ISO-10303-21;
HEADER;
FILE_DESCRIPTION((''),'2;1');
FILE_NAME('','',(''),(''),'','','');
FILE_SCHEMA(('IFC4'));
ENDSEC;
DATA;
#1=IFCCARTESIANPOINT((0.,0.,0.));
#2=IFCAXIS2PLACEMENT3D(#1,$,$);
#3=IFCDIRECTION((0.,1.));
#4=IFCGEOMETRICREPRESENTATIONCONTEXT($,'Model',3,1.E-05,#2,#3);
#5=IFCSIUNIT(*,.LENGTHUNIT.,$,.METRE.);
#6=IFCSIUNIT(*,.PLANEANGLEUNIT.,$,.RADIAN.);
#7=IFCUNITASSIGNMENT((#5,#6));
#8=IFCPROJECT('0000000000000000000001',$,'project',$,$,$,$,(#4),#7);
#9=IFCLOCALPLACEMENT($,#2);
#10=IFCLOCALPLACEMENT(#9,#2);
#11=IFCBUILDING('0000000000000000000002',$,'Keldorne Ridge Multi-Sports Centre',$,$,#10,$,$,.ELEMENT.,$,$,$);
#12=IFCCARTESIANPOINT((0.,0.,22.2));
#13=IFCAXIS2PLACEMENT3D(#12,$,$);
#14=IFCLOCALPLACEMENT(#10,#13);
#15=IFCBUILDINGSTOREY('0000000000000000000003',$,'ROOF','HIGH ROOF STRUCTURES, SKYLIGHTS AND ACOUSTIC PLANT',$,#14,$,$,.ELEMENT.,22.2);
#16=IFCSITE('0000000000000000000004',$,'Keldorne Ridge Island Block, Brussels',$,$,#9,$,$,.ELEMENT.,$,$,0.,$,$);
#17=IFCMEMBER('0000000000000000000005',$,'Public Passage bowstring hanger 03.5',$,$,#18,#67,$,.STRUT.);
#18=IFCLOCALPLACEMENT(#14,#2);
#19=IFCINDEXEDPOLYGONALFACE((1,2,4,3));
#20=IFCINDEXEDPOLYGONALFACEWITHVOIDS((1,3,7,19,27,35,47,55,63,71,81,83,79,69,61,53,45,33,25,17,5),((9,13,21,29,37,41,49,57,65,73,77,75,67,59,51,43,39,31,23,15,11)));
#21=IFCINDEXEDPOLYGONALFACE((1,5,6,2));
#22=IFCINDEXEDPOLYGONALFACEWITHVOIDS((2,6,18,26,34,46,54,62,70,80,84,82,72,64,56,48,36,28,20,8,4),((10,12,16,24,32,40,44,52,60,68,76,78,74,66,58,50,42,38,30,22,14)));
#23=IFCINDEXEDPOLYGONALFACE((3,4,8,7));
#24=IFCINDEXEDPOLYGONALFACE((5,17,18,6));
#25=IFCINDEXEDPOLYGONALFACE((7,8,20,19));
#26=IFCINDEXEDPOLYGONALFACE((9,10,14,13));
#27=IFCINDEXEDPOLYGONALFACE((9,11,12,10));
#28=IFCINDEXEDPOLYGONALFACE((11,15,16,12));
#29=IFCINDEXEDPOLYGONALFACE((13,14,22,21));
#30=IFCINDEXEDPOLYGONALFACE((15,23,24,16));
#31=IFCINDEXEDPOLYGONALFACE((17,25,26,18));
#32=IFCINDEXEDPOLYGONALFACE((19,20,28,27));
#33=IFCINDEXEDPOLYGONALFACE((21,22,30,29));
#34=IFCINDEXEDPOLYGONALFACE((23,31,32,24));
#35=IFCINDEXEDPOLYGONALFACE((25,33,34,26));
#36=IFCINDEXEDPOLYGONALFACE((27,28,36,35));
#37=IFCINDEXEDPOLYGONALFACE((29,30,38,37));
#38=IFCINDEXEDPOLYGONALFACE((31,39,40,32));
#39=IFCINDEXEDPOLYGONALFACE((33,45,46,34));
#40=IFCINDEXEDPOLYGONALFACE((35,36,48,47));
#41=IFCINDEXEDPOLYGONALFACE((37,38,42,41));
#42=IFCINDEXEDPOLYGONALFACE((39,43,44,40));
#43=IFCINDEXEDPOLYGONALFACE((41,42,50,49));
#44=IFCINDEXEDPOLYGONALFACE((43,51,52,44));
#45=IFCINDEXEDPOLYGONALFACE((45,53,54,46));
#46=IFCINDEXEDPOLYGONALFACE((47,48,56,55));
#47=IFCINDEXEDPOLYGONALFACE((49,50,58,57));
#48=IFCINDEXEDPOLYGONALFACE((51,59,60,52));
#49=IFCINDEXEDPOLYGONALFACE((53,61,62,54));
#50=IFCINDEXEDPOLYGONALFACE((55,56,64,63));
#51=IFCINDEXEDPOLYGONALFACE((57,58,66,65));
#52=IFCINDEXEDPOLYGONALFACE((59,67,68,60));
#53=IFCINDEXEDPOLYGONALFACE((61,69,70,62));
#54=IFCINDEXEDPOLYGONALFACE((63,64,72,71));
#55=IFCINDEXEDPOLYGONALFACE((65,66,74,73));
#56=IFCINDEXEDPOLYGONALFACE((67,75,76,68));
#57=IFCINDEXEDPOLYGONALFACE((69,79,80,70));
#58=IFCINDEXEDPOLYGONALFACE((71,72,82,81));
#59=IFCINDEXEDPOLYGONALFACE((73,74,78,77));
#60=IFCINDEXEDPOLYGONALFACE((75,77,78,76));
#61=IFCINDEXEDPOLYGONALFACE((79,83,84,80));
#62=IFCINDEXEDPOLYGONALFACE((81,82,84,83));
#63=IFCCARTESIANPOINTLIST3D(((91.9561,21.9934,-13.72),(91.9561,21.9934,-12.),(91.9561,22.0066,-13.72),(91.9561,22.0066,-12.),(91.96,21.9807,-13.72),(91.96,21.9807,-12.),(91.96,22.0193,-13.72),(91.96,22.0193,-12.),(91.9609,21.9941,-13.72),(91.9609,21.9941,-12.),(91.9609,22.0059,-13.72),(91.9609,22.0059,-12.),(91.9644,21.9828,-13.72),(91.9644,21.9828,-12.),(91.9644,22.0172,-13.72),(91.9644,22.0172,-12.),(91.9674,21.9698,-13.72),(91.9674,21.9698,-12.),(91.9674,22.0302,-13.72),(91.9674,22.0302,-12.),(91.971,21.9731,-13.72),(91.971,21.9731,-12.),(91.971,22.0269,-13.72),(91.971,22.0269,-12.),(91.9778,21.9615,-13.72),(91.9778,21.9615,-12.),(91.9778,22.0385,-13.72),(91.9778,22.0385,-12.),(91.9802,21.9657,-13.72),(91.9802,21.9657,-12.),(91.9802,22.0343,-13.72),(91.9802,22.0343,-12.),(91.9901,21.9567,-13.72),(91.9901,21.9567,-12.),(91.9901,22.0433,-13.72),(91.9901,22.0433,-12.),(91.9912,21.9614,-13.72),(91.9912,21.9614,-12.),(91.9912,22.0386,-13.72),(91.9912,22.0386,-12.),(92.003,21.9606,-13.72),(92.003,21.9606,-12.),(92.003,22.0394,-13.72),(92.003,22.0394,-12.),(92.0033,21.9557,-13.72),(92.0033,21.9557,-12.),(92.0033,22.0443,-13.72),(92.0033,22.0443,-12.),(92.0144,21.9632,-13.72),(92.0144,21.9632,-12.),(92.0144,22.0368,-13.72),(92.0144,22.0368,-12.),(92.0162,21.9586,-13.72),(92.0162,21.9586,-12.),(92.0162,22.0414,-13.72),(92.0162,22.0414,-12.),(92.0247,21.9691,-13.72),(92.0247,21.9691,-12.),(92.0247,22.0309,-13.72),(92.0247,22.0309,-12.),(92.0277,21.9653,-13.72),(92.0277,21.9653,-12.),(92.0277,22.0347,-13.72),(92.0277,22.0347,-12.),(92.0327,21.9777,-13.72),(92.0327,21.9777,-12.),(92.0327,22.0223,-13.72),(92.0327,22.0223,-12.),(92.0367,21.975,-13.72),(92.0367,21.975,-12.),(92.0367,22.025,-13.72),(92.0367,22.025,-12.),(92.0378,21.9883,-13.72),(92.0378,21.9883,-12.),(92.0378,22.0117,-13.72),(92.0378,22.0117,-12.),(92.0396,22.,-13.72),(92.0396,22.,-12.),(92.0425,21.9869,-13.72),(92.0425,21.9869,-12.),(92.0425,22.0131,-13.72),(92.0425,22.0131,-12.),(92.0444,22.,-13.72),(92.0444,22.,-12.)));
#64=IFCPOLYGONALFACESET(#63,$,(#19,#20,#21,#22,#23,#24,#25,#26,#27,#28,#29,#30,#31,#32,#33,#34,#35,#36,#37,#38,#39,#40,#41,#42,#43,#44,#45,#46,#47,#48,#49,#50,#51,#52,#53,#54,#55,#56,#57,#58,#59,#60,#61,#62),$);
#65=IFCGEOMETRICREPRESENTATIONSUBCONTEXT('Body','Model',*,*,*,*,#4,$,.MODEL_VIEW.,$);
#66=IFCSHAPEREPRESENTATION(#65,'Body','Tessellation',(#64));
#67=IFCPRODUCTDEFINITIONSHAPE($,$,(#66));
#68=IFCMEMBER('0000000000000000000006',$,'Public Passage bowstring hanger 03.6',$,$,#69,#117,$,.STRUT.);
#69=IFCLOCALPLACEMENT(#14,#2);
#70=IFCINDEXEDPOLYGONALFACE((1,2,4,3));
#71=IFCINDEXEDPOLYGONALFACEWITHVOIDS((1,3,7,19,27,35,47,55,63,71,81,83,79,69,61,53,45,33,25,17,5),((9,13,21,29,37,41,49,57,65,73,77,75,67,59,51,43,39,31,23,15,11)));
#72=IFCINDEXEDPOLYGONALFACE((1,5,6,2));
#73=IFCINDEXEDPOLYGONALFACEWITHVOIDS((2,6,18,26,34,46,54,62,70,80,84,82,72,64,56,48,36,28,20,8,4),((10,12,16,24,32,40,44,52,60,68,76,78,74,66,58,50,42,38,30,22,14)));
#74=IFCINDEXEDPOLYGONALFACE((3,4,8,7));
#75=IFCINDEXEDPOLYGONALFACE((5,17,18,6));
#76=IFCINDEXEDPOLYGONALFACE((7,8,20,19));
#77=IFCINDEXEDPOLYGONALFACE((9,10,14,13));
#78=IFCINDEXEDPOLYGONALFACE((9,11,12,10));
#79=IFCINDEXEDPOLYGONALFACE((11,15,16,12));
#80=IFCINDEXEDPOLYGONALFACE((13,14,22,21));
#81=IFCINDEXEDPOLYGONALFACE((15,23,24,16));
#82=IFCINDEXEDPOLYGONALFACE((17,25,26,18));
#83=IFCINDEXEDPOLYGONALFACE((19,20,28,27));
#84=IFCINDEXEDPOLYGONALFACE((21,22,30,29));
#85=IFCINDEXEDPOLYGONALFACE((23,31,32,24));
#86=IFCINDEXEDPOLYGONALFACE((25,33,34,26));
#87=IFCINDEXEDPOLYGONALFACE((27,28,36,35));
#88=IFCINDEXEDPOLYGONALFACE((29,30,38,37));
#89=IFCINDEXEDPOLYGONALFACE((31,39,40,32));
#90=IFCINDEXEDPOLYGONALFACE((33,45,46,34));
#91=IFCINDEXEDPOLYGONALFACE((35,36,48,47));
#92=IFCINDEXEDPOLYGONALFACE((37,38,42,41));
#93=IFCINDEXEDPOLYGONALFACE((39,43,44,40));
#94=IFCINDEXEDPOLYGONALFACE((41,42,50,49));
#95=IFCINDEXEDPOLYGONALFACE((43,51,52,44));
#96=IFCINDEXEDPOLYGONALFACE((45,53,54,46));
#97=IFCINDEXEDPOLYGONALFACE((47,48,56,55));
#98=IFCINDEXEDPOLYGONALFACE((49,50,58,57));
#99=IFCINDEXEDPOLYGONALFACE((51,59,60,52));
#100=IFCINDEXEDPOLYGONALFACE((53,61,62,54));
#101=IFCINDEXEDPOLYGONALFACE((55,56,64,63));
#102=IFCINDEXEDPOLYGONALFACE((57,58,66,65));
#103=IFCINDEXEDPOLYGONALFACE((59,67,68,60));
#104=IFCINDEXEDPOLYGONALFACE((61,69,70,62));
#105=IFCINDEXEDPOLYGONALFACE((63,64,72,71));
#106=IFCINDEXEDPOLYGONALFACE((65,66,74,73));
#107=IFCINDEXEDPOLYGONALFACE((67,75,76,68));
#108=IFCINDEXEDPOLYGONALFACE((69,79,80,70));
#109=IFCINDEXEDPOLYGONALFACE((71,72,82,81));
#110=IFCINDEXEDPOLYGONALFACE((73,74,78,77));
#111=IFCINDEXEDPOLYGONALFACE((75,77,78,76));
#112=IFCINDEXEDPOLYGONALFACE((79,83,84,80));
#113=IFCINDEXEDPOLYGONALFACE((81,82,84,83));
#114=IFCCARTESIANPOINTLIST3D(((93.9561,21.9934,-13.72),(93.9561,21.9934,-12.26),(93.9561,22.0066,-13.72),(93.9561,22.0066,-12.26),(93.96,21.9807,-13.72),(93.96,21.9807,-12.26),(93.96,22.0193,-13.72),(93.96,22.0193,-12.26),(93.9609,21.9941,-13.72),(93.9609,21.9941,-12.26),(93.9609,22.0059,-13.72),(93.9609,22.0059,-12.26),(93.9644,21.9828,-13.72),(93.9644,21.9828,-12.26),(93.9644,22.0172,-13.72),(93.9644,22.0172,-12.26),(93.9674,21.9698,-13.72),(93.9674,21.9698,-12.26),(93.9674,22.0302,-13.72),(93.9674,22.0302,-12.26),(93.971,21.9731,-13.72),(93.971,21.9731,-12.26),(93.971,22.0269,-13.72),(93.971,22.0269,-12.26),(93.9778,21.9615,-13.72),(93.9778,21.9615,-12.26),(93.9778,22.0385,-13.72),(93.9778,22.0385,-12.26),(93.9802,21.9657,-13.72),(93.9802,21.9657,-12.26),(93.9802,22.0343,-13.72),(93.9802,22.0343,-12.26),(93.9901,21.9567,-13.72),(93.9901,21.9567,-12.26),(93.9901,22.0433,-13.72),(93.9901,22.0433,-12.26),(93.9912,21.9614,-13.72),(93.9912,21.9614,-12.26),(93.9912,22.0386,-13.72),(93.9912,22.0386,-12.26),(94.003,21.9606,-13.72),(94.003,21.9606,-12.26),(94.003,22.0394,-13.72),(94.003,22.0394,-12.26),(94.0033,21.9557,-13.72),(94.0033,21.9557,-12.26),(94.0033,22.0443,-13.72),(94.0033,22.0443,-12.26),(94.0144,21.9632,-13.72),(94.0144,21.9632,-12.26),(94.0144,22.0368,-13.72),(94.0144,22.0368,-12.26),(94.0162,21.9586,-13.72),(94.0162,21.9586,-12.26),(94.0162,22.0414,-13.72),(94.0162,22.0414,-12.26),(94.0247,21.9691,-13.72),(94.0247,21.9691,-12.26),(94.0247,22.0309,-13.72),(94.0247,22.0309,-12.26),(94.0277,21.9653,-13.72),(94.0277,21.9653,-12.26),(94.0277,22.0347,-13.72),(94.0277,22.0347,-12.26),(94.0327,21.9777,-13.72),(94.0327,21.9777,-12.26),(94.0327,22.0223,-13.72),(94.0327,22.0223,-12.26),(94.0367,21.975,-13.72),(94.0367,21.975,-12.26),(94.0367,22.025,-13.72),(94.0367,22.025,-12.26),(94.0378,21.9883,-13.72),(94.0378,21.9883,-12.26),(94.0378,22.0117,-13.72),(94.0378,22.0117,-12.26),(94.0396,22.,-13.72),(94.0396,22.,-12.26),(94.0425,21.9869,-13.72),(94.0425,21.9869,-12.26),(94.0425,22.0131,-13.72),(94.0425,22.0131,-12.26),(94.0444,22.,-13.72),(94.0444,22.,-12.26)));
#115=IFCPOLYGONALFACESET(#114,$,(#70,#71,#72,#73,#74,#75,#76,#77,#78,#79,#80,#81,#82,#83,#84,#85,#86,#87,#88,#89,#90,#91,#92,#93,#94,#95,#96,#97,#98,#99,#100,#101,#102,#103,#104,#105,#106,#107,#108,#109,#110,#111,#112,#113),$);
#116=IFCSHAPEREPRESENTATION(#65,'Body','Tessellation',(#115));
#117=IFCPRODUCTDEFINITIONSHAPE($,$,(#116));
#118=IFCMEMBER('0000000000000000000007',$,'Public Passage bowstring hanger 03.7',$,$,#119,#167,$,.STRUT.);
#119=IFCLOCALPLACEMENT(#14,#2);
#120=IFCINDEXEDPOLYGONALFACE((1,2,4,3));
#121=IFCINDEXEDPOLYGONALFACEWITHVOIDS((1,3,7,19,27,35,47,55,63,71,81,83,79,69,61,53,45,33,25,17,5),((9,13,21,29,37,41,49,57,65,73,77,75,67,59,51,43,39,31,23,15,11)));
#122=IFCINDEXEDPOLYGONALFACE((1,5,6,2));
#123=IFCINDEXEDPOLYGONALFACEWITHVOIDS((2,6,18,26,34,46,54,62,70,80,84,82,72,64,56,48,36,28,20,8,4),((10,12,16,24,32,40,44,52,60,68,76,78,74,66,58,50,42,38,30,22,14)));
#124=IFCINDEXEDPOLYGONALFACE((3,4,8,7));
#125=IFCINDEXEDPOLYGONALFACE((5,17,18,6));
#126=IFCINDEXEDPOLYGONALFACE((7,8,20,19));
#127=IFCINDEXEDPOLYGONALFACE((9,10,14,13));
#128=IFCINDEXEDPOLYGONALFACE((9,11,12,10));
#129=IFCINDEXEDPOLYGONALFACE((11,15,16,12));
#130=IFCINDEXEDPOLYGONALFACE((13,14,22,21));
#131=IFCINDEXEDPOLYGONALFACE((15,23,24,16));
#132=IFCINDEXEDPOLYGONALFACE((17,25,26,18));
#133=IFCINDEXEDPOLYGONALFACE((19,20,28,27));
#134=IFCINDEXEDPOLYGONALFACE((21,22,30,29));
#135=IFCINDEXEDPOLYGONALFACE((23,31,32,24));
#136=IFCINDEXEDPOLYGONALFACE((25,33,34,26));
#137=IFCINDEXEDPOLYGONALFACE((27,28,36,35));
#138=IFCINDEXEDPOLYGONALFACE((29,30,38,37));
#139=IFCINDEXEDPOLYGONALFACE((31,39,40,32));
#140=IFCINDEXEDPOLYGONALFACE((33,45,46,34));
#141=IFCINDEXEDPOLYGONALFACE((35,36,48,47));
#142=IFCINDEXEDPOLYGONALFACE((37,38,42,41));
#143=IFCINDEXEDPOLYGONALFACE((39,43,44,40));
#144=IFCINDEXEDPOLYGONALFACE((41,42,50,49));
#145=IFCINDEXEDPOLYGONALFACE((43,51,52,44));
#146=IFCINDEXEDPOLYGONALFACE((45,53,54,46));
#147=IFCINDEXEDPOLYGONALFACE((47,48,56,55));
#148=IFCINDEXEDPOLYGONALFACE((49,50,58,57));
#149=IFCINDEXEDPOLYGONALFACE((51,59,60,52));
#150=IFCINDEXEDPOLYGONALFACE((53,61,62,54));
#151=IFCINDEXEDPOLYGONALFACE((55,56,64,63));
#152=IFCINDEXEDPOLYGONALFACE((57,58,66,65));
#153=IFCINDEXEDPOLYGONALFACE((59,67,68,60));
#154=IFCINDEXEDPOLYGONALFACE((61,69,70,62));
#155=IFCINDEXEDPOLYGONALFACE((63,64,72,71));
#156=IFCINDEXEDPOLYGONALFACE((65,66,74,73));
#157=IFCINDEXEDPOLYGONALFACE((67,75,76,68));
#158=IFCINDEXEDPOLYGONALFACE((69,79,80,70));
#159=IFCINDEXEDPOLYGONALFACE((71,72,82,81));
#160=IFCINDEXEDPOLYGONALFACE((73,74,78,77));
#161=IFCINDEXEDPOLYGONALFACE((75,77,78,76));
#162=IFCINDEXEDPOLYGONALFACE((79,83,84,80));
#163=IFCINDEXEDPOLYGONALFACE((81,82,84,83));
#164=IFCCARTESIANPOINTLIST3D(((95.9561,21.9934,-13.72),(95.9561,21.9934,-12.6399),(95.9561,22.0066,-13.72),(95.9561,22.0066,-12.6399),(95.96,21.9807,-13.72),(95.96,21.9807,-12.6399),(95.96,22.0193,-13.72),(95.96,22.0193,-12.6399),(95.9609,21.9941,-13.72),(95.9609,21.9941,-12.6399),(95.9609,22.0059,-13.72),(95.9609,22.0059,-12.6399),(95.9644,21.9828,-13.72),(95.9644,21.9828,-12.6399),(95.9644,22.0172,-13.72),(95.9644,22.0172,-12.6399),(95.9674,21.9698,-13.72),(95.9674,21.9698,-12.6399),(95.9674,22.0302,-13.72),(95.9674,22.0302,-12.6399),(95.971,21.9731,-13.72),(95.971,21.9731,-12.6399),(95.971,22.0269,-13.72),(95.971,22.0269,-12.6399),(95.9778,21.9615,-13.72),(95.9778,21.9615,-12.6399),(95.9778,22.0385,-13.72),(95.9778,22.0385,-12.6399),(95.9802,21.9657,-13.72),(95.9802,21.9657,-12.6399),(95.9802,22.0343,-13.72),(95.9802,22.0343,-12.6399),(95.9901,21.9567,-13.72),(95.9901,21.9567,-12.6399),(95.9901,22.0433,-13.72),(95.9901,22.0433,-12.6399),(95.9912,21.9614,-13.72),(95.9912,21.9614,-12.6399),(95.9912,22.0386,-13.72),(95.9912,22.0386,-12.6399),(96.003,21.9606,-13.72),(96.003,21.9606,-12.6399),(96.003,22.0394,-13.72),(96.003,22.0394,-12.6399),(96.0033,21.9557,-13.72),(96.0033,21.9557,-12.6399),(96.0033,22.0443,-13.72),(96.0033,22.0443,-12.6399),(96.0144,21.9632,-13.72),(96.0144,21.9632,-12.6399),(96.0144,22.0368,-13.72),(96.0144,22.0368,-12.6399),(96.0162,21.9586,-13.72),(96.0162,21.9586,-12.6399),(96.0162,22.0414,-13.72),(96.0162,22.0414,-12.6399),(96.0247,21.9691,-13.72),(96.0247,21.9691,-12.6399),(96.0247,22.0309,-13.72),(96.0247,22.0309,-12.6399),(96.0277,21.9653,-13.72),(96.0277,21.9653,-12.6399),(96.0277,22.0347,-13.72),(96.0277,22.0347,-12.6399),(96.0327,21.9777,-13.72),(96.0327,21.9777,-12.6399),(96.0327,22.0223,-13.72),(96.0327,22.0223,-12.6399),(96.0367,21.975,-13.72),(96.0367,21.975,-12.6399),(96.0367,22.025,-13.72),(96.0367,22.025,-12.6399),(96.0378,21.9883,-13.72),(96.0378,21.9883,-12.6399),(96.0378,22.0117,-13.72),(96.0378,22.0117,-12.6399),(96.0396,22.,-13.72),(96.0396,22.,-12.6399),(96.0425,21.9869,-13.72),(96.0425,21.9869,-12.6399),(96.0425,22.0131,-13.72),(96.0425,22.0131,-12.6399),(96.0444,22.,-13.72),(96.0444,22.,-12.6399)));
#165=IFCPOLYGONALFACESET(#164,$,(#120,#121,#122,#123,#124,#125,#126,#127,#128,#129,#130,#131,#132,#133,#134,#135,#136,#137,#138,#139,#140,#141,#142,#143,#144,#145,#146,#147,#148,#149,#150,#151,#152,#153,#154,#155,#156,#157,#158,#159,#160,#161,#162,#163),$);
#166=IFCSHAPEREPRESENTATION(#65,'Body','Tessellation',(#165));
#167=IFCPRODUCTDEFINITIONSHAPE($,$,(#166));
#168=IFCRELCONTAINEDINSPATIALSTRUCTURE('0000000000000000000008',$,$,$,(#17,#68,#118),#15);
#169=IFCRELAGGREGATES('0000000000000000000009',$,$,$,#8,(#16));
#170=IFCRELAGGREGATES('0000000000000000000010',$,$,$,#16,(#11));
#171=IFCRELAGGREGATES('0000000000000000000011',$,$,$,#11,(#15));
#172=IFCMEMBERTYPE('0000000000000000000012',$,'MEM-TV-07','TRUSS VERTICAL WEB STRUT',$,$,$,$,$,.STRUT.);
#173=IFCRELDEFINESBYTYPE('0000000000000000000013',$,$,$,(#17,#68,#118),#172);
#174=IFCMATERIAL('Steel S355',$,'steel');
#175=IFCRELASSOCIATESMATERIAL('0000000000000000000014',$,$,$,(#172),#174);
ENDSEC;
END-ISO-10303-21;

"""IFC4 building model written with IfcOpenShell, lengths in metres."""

from ifc_helpers import new_model, si_unit, direction, frame, origin, origin_2d, place, context, subcontext, project, spatial, hollow_circle, extrude, material, material_profile, profile_set, type_object, element, save


model = new_model("IFC4")

# Units and contexts
model_context = context("Model", 3, precision=1e-05, world=origin(), true_north=direction((0.0, 1.0)))
body_context = subcontext(model_context, "Body", "Model", "MODEL_VIEW")
ifc_project = project(units=[si_unit("LENGTHUNIT", "METRE"), si_unit("PLANEANGLEUNIT", "RADIAN")], contexts=[model_context])

# Site, building, storey
site_placement = place(None, origin())
site = spatial("IfcSite", under=ifc_project, at=site_placement, Name="Keldorne Ridge Island Block, Brussels", CompositionType="ELEMENT", RefElevation=0.0)
building_placement = place(site_placement, origin())
building = spatial("IfcBuilding", under=site, at=building_placement, Name="Keldorne Ridge Multi-Sports Centre", CompositionType="ELEMENT")
storey_placement = place(building_placement, frame((0.0, 0.0, 22.2)))
storey = spatial("IfcBuildingStorey", under=building, at=storey_placement, Name="ROOF", Description="HIGH ROOF STRUCTURES, SKYLIGHTS AND ACOUSTIC PLANT", CompositionType="ELEMENT", Elevation=22.2)

# Members
ifc_material = material(Name="Steel S355", Category="steel")
ifc_material_profile_1 = material_profile(ifc_material, hollow_circle(Radius=0.0444, WallThickness=0.0049, at=origin_2d()), Name="CHS 88.9x5")
ifc_profile_set_1 = profile_set([ifc_material_profile_1], Name="Steel S355")
member_type_1 = type_object("IfcMemberType", Name="MEM-TV-07", Description="TRUSS VERTICAL WEB STRUT", PredefinedType="STRUT", material=ifc_profile_set_1)
member_1_placement = place(storey_placement, frame((92.0, 22.0, -13.72), z_axis=(0.0, 0.0, 1.0), x_axis=(1.0, 0.0, 0.0)))
element("IfcMember", 1, at=member_1_placement, inside=storey, type_object=member_type_1, Name="Public Passage bowstring hanger 03.5", PredefinedType="STRUT", context=body_context, shape_type="SweptSolid", body=[
    extrude(hollow_circle(Radius=0.0444, WallThickness=0.0049, at=origin_2d()), origin(), (0.0, 0.0, 1.0), 1.72),
])
member_2_placement = place(storey_placement, frame((94.0, 22.0, -13.72), z_axis=(0.0, 0.0, 1.0), x_axis=(1.0, 0.0, 0.0)))
element("IfcMember", 2, at=member_2_placement, inside=storey, type_object=member_type_1, Name="Public Passage bowstring hanger 03.6", PredefinedType="STRUT", context=body_context, shape_type="SweptSolid", body=[
    extrude(hollow_circle(Radius=0.0444, WallThickness=0.0049, at=origin_2d()), origin(), (0.0, 0.0, 1.0), 1.46),
])
member_3_placement = place(storey_placement, frame((96.0, 22.0, -13.72), z_axis=(0.0, 0.0, 1.0), x_axis=(1.0, 0.0, 0.0)))
element("IfcMember", 3, at=member_3_placement, inside=storey, type_object=member_type_1, Name="Public Passage bowstring hanger 03.7", PredefinedType="STRUT", context=body_context, shape_type="SweptSolid", body=[
    extrude(hollow_circle(Radius=0.0444, WallThickness=0.0049, at=origin_2d()), origin(), (0.0, 0.0, 1.0), 1.0801),
])

save(model, "model.ifc")
